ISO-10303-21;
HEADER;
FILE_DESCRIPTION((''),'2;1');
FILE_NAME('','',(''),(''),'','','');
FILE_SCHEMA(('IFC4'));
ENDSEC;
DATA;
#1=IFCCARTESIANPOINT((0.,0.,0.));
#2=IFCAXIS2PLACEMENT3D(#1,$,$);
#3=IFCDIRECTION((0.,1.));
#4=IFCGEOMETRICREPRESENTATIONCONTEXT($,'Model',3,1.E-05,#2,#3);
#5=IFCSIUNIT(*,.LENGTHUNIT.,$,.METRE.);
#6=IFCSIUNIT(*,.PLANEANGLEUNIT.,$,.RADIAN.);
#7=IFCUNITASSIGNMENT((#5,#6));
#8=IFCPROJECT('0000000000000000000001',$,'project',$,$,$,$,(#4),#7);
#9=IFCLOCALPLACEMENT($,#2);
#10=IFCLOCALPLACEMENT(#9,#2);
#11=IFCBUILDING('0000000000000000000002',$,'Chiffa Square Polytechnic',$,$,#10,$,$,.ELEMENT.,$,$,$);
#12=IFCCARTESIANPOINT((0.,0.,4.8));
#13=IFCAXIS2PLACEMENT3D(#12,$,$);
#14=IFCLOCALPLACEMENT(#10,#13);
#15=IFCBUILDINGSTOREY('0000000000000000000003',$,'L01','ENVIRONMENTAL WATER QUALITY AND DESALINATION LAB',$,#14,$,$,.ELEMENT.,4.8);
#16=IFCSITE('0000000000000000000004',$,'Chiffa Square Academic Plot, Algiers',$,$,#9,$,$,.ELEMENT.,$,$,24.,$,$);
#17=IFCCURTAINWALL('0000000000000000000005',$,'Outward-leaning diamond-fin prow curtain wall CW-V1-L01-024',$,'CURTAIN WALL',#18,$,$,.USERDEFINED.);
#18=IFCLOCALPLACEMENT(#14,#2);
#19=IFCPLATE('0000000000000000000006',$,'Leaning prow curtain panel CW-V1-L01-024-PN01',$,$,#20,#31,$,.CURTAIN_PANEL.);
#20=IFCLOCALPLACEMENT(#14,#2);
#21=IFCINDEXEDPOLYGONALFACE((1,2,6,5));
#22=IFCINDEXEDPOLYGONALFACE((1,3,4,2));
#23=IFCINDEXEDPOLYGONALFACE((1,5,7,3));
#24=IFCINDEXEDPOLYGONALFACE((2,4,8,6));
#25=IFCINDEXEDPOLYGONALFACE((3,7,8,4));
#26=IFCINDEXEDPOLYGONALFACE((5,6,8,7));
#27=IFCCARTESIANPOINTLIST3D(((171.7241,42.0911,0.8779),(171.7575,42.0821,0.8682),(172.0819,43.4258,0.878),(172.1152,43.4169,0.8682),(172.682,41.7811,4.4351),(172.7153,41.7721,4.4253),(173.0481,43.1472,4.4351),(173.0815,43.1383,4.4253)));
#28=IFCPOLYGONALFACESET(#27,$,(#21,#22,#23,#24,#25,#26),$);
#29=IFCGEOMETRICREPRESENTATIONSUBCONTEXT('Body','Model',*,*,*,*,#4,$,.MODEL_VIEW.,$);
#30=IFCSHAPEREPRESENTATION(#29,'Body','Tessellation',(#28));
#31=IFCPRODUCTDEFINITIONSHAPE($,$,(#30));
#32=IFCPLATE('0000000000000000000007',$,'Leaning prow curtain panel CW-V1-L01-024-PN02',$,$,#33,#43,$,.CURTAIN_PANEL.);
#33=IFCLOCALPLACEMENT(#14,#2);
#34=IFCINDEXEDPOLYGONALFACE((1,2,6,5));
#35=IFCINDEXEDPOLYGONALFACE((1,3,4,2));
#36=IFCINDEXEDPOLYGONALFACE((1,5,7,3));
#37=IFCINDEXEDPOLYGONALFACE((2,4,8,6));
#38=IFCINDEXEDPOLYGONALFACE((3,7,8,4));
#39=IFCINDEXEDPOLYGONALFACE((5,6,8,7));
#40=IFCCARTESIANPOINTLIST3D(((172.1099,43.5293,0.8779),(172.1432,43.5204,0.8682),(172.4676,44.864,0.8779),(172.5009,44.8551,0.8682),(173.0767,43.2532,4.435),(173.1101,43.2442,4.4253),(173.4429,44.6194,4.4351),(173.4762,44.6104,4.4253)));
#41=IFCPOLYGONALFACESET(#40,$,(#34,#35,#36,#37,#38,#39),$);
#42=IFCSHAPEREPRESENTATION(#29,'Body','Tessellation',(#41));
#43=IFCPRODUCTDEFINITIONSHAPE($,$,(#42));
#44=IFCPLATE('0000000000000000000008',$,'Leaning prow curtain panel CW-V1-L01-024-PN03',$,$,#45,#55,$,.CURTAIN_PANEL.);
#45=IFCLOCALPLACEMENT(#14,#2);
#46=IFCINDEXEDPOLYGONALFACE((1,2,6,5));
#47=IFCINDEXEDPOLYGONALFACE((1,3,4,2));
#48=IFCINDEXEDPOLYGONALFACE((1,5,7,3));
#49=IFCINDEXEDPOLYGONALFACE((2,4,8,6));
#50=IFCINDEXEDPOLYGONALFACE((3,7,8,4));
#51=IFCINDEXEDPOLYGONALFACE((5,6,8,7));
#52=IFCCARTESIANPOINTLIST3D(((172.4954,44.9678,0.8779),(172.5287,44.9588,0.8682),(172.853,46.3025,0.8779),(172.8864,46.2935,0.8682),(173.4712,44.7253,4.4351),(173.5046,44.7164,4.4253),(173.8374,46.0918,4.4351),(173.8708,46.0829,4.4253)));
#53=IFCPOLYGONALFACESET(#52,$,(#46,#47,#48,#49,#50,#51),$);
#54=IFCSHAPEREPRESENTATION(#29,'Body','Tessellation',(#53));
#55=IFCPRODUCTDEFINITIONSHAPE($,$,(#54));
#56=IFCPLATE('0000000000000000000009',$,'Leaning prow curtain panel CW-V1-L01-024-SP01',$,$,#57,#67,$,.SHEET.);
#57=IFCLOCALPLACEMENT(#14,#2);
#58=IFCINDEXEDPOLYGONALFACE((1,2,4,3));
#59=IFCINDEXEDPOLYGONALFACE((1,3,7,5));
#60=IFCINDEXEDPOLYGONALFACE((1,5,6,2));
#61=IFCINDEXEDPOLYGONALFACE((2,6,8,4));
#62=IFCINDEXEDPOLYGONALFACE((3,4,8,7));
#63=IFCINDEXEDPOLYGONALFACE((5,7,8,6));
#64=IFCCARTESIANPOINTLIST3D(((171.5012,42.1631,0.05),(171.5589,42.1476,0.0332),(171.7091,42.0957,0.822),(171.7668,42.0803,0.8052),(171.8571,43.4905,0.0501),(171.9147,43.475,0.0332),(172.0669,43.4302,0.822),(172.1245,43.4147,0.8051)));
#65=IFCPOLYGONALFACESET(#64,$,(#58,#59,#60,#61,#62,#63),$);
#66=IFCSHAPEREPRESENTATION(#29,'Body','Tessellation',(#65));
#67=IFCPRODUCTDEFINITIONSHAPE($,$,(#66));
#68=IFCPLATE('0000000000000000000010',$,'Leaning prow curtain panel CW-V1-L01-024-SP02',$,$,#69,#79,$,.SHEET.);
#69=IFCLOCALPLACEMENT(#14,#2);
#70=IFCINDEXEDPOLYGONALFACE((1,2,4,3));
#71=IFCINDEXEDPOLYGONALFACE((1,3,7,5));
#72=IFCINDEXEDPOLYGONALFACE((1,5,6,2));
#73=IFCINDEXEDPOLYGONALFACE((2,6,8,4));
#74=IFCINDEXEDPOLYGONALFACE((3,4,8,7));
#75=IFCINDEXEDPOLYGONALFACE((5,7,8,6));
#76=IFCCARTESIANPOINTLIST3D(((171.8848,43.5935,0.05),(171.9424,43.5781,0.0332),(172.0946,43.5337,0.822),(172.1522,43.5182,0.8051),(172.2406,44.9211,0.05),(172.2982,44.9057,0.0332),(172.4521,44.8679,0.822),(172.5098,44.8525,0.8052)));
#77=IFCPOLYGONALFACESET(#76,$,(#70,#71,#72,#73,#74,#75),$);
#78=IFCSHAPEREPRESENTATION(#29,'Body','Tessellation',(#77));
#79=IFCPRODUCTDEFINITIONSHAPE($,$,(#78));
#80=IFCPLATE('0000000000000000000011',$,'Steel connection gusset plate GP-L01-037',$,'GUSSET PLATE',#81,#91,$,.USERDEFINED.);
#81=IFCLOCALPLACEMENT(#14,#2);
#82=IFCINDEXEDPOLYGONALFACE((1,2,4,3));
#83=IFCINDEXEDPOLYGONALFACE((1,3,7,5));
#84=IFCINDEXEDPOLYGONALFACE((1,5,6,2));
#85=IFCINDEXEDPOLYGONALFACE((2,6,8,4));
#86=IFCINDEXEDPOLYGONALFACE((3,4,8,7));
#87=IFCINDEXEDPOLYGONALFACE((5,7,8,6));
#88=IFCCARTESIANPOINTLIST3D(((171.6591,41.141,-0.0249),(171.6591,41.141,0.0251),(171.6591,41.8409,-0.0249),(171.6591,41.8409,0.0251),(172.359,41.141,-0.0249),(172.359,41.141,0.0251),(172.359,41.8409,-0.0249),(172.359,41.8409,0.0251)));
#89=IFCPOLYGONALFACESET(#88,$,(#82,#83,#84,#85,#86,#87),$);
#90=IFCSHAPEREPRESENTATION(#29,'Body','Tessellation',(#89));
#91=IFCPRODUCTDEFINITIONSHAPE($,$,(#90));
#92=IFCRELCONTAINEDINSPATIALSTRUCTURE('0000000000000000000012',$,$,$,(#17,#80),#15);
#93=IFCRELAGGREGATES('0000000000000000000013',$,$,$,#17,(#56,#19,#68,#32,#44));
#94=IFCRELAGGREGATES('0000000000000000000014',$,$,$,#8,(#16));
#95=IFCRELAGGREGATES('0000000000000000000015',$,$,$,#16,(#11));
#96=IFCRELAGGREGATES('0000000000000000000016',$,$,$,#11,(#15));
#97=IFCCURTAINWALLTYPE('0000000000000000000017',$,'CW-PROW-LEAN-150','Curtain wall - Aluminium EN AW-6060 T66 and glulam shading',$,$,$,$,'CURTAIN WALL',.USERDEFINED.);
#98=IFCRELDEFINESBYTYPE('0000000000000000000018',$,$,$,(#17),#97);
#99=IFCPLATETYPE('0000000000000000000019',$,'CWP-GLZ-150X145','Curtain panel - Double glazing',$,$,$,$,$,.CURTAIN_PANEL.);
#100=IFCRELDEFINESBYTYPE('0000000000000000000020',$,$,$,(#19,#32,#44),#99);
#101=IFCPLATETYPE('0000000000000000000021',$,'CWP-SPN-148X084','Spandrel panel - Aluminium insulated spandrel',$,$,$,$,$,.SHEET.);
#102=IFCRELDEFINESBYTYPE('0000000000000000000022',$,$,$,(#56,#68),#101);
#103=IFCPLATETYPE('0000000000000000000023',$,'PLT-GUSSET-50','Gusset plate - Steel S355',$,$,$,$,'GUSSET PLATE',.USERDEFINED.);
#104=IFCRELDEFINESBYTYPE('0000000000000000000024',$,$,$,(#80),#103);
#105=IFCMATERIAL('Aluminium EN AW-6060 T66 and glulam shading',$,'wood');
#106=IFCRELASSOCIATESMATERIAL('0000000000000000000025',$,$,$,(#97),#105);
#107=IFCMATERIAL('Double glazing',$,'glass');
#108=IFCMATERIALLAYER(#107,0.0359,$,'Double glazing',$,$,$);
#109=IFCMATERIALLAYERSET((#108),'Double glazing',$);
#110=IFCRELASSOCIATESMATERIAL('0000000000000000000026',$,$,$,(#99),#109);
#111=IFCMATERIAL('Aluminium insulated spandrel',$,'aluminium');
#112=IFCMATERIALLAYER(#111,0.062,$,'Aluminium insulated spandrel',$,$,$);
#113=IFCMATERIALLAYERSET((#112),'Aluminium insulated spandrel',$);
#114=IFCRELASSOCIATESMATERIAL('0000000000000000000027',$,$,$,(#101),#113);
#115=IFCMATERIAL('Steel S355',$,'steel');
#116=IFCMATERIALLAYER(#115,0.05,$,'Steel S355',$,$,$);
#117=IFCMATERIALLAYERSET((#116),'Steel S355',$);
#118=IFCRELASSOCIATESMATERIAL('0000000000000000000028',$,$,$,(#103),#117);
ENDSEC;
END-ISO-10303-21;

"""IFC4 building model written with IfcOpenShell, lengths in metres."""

from ifc_helpers import new_model, si_unit, direction, frame, origin, origin_2d, place, context, subcontext, project, spatial, polyline, rectangle, outline, extrude, material, layer, layer_set, type_object, element, aggregate, save


model = new_model("IFC4")

# Units and contexts
model_context = context("Model", 3, precision=1e-05, world=origin(), true_north=direction((0.0, 1.0)))
body_context = subcontext(model_context, "Body", "Model", "MODEL_VIEW")
ifc_project = project(units=[si_unit("LENGTHUNIT", "METRE"), si_unit("PLANEANGLEUNIT", "RADIAN")], contexts=[model_context])

# Site, building, storey
site_placement = place(None, origin())
site = spatial("IfcSite", under=ifc_project, at=site_placement, Name="Chiffa Square Academic Plot, Algiers", CompositionType="ELEMENT", RefElevation=24.0)
building_placement = place(site_placement, origin())
building = spatial("IfcBuilding", under=site, at=building_placement, Name="Chiffa Square Polytechnic", CompositionType="ELEMENT")
storey_placement = place(building_placement, frame((0.0, 0.0, 4.8)))
storey = spatial("IfcBuildingStorey", under=building, at=storey_placement, Name="L01", Description="ENVIRONMENTAL WATER QUALITY AND DESALINATION LAB", CompositionType="ELEMENT", Elevation=4.8)

# Shared definitions
ifc_material_1 = material(Name="Steel S355", Category="steel")

# Shared definitions
ifc_material_2 = material(Name="Aluminium EN AW-6060 T66 and glulam shading", Category="wood")

# Curtain wall, plates
curtain_wall_type_1 = type_object("IfcCurtainWallType", Name="CW-PROW-LEAN-150", Description="Curtain wall - Aluminium EN AW-6060 T66 and glulam shading", ElementType="CURTAIN WALL", PredefinedType="USERDEFINED", material=ifc_material_2)
curtain_wall_1_placement = place(storey_placement, origin())
curtain_wall_1 = element("IfcCurtainWall", 1, at=curtain_wall_1_placement, inside=storey, type_object=curtain_wall_type_1, Name="Outward-leaning diamond-fin prow curtain wall CW-V1-L01-024", ObjectType="CURTAIN WALL", PredefinedType="USERDEFINED")
ifc_material_3 = material(Name="Double glazing", Category="glass")
ifc_layer_1 = layer(ifc_material_3, 0.0359, Name="Double glazing")
ifc_layer_set_1 = layer_set([ifc_layer_1], Name="Double glazing")
plate_type_1 = type_object("IfcPlateType", Name="CWP-GLZ-150X145", Description="Curtain panel - Double glazing", PredefinedType="CURTAIN_PANEL", material=ifc_layer_set_1)
plate_1_placement = place(storey_placement, frame((171.7241, 42.0911, 0.8779), z_axis=(-0.929495, 0.249114, 0.271996), x_axis=(0.258884, 0.965908, 0.000035)))
plate_1 = element("IfcPlate", 2, at=plate_1_placement, type_object=plate_type_1, Name="Leaning prow curtain panel CW-V1-L01-024-PN01", PredefinedType="CURTAIN_PANEL", context=body_context, shape_type="SweptSolid", body=[
    extrude(outline(polyline([(0.0, 0.0), (1.3819, 0.0), (1.363, -3.6964), (-0.0514, -3.6965), (0.0, 0.0)])), origin(), (0.0, 0.0, -1.0), 0.0359),
])
plate_2_placement = place(storey_placement, frame((172.1099, 43.5293, 0.8779), z_axis=(-0.929499, 0.249115, 0.271981), x_axis=(0.258872, 0.965912, -0.00001)))
plate_2 = element("IfcPlate", 3, at=plate_2_placement, type_object=plate_type_1, Name="Leaning prow curtain panel CW-V1-L01-024-PN02", PredefinedType="CURTAIN_PANEL", context=body_context, shape_type="SweptSolid", body=[
    extrude(outline(polyline([(0.0, 0.0), (1.3818, 0.0), (1.398, -3.6965), (-0.0165, -3.6965), (0.0, 0.0)])), origin(), (0.0, 0.0, -1.0), 0.0359),
])
plate_3_placement = place(storey_placement, frame((172.4954, 44.9678, 0.8779), z_axis=(-0.929506, 0.249095, 0.271974), x_axis=(0.258851, 0.965917, -0.000004)))
plate_3 = element("IfcPlate", 4, at=plate_3_placement, type_object=plate_type_1, Name="Leaning prow curtain panel CW-V1-L01-024-PN03", PredefinedType="CURTAIN_PANEL", context=body_context, shape_type="SweptSolid", body=[
    extrude(outline(polyline([(0.0, 0.0), (1.3818, 0.0), (1.4331, -3.6965), (0.0184, -3.6965), (0.0, 0.0)])), origin(), (0.0, 0.0, -1.0), 0.0359),
])
ifc_material_4 = material(Name="Aluminium insulated spandrel", Category="aluminium")
ifc_layer_2 = layer(ifc_material_4, 0.062, Name="Aluminium insulated spandrel")
ifc_layer_set_2 = layer_set([ifc_layer_2], Name="Aluminium insulated spandrel")
plate_type_2 = type_object("IfcPlateType", Name="CWP-SPN-148X084", Description="Spandrel panel - Aluminium insulated spandrel", PredefinedType="SHEET", material=ifc_layer_set_2)
plate_4_placement = place(storey_placement, frame((171.5012, 42.1631, 0.05), z_axis=(-0.929454, 0.249178, 0.272077), x_axis=(0.258952, 0.96589, 0.000017)))
plate_4 = element("IfcPlate", 5, at=plate_4_placement, type_object=plate_type_2, Name="Leaning prow curtain panel CW-V1-L01-024-SP01", PredefinedType="SHEET", context=body_context, shape_type="SweptSolid", body=[
    extrude(outline(polyline([(0.0, 0.0), (1.3743, 0.0), (1.3704, -0.8022), (-0.0112, -0.8023), (0.0, 0.0)])), origin(), (0.0, 0.0, -1.0), 0.062),
])
plate_5_placement = place(storey_placement, frame((171.8848, 43.5935, 0.05), z_axis=(-0.929515, 0.24911, 0.271929), x_axis=(0.25886, 0.965915, -0.000017)))
plate_5 = element("IfcPlate", 6, at=plate_5_placement, type_object=plate_type_2, Name="Leaning prow curtain panel CW-V1-L01-024-SP02", PredefinedType="SHEET", context=body_context, shape_type="SweptSolid", body=[
    extrude(outline(polyline([(0.0, 0.0), (1.3745, 0.0), (1.3778, -0.8022), (-0.0035, -0.8022), (0.0, 0.0)])), origin(), (0.0, 0.0, -1.0), 0.062),
])
aggregate(curtain_wall_1, [plate_4, plate_1, plate_5, plate_2, plate_3])

# Plate
ifc_layer_3 = layer(ifc_material_1, 0.05, Name="Steel S355")
ifc_layer_set_3 = layer_set([ifc_layer_3], Name="Steel S355")
plate_type_3 = type_object("IfcPlateType", Name="PLT-GUSSET-50", Description="Gusset plate - Steel S355", ElementType="GUSSET PLATE", PredefinedType="USERDEFINED", material=ifc_layer_set_3)
plate_6_placement = place(storey_placement, frame((172.009, 41.491, -0.0249), z_axis=(0.0, 0.0, 1.0), x_axis=(1.0, 0.0, 0.0)))
element("IfcPlate", 7, at=plate_6_placement, inside=storey, type_object=plate_type_3, Name="Steel connection gusset plate GP-L01-037", ObjectType="GUSSET PLATE", PredefinedType="USERDEFINED", context=body_context, shape_type="SweptSolid", body=[
    extrude(rectangle(XDim=0.7, YDim=0.7, at=origin_2d()), origin(), (0.0, 0.0, 1.0), 0.05),
])

save(model, "model.ifc")
